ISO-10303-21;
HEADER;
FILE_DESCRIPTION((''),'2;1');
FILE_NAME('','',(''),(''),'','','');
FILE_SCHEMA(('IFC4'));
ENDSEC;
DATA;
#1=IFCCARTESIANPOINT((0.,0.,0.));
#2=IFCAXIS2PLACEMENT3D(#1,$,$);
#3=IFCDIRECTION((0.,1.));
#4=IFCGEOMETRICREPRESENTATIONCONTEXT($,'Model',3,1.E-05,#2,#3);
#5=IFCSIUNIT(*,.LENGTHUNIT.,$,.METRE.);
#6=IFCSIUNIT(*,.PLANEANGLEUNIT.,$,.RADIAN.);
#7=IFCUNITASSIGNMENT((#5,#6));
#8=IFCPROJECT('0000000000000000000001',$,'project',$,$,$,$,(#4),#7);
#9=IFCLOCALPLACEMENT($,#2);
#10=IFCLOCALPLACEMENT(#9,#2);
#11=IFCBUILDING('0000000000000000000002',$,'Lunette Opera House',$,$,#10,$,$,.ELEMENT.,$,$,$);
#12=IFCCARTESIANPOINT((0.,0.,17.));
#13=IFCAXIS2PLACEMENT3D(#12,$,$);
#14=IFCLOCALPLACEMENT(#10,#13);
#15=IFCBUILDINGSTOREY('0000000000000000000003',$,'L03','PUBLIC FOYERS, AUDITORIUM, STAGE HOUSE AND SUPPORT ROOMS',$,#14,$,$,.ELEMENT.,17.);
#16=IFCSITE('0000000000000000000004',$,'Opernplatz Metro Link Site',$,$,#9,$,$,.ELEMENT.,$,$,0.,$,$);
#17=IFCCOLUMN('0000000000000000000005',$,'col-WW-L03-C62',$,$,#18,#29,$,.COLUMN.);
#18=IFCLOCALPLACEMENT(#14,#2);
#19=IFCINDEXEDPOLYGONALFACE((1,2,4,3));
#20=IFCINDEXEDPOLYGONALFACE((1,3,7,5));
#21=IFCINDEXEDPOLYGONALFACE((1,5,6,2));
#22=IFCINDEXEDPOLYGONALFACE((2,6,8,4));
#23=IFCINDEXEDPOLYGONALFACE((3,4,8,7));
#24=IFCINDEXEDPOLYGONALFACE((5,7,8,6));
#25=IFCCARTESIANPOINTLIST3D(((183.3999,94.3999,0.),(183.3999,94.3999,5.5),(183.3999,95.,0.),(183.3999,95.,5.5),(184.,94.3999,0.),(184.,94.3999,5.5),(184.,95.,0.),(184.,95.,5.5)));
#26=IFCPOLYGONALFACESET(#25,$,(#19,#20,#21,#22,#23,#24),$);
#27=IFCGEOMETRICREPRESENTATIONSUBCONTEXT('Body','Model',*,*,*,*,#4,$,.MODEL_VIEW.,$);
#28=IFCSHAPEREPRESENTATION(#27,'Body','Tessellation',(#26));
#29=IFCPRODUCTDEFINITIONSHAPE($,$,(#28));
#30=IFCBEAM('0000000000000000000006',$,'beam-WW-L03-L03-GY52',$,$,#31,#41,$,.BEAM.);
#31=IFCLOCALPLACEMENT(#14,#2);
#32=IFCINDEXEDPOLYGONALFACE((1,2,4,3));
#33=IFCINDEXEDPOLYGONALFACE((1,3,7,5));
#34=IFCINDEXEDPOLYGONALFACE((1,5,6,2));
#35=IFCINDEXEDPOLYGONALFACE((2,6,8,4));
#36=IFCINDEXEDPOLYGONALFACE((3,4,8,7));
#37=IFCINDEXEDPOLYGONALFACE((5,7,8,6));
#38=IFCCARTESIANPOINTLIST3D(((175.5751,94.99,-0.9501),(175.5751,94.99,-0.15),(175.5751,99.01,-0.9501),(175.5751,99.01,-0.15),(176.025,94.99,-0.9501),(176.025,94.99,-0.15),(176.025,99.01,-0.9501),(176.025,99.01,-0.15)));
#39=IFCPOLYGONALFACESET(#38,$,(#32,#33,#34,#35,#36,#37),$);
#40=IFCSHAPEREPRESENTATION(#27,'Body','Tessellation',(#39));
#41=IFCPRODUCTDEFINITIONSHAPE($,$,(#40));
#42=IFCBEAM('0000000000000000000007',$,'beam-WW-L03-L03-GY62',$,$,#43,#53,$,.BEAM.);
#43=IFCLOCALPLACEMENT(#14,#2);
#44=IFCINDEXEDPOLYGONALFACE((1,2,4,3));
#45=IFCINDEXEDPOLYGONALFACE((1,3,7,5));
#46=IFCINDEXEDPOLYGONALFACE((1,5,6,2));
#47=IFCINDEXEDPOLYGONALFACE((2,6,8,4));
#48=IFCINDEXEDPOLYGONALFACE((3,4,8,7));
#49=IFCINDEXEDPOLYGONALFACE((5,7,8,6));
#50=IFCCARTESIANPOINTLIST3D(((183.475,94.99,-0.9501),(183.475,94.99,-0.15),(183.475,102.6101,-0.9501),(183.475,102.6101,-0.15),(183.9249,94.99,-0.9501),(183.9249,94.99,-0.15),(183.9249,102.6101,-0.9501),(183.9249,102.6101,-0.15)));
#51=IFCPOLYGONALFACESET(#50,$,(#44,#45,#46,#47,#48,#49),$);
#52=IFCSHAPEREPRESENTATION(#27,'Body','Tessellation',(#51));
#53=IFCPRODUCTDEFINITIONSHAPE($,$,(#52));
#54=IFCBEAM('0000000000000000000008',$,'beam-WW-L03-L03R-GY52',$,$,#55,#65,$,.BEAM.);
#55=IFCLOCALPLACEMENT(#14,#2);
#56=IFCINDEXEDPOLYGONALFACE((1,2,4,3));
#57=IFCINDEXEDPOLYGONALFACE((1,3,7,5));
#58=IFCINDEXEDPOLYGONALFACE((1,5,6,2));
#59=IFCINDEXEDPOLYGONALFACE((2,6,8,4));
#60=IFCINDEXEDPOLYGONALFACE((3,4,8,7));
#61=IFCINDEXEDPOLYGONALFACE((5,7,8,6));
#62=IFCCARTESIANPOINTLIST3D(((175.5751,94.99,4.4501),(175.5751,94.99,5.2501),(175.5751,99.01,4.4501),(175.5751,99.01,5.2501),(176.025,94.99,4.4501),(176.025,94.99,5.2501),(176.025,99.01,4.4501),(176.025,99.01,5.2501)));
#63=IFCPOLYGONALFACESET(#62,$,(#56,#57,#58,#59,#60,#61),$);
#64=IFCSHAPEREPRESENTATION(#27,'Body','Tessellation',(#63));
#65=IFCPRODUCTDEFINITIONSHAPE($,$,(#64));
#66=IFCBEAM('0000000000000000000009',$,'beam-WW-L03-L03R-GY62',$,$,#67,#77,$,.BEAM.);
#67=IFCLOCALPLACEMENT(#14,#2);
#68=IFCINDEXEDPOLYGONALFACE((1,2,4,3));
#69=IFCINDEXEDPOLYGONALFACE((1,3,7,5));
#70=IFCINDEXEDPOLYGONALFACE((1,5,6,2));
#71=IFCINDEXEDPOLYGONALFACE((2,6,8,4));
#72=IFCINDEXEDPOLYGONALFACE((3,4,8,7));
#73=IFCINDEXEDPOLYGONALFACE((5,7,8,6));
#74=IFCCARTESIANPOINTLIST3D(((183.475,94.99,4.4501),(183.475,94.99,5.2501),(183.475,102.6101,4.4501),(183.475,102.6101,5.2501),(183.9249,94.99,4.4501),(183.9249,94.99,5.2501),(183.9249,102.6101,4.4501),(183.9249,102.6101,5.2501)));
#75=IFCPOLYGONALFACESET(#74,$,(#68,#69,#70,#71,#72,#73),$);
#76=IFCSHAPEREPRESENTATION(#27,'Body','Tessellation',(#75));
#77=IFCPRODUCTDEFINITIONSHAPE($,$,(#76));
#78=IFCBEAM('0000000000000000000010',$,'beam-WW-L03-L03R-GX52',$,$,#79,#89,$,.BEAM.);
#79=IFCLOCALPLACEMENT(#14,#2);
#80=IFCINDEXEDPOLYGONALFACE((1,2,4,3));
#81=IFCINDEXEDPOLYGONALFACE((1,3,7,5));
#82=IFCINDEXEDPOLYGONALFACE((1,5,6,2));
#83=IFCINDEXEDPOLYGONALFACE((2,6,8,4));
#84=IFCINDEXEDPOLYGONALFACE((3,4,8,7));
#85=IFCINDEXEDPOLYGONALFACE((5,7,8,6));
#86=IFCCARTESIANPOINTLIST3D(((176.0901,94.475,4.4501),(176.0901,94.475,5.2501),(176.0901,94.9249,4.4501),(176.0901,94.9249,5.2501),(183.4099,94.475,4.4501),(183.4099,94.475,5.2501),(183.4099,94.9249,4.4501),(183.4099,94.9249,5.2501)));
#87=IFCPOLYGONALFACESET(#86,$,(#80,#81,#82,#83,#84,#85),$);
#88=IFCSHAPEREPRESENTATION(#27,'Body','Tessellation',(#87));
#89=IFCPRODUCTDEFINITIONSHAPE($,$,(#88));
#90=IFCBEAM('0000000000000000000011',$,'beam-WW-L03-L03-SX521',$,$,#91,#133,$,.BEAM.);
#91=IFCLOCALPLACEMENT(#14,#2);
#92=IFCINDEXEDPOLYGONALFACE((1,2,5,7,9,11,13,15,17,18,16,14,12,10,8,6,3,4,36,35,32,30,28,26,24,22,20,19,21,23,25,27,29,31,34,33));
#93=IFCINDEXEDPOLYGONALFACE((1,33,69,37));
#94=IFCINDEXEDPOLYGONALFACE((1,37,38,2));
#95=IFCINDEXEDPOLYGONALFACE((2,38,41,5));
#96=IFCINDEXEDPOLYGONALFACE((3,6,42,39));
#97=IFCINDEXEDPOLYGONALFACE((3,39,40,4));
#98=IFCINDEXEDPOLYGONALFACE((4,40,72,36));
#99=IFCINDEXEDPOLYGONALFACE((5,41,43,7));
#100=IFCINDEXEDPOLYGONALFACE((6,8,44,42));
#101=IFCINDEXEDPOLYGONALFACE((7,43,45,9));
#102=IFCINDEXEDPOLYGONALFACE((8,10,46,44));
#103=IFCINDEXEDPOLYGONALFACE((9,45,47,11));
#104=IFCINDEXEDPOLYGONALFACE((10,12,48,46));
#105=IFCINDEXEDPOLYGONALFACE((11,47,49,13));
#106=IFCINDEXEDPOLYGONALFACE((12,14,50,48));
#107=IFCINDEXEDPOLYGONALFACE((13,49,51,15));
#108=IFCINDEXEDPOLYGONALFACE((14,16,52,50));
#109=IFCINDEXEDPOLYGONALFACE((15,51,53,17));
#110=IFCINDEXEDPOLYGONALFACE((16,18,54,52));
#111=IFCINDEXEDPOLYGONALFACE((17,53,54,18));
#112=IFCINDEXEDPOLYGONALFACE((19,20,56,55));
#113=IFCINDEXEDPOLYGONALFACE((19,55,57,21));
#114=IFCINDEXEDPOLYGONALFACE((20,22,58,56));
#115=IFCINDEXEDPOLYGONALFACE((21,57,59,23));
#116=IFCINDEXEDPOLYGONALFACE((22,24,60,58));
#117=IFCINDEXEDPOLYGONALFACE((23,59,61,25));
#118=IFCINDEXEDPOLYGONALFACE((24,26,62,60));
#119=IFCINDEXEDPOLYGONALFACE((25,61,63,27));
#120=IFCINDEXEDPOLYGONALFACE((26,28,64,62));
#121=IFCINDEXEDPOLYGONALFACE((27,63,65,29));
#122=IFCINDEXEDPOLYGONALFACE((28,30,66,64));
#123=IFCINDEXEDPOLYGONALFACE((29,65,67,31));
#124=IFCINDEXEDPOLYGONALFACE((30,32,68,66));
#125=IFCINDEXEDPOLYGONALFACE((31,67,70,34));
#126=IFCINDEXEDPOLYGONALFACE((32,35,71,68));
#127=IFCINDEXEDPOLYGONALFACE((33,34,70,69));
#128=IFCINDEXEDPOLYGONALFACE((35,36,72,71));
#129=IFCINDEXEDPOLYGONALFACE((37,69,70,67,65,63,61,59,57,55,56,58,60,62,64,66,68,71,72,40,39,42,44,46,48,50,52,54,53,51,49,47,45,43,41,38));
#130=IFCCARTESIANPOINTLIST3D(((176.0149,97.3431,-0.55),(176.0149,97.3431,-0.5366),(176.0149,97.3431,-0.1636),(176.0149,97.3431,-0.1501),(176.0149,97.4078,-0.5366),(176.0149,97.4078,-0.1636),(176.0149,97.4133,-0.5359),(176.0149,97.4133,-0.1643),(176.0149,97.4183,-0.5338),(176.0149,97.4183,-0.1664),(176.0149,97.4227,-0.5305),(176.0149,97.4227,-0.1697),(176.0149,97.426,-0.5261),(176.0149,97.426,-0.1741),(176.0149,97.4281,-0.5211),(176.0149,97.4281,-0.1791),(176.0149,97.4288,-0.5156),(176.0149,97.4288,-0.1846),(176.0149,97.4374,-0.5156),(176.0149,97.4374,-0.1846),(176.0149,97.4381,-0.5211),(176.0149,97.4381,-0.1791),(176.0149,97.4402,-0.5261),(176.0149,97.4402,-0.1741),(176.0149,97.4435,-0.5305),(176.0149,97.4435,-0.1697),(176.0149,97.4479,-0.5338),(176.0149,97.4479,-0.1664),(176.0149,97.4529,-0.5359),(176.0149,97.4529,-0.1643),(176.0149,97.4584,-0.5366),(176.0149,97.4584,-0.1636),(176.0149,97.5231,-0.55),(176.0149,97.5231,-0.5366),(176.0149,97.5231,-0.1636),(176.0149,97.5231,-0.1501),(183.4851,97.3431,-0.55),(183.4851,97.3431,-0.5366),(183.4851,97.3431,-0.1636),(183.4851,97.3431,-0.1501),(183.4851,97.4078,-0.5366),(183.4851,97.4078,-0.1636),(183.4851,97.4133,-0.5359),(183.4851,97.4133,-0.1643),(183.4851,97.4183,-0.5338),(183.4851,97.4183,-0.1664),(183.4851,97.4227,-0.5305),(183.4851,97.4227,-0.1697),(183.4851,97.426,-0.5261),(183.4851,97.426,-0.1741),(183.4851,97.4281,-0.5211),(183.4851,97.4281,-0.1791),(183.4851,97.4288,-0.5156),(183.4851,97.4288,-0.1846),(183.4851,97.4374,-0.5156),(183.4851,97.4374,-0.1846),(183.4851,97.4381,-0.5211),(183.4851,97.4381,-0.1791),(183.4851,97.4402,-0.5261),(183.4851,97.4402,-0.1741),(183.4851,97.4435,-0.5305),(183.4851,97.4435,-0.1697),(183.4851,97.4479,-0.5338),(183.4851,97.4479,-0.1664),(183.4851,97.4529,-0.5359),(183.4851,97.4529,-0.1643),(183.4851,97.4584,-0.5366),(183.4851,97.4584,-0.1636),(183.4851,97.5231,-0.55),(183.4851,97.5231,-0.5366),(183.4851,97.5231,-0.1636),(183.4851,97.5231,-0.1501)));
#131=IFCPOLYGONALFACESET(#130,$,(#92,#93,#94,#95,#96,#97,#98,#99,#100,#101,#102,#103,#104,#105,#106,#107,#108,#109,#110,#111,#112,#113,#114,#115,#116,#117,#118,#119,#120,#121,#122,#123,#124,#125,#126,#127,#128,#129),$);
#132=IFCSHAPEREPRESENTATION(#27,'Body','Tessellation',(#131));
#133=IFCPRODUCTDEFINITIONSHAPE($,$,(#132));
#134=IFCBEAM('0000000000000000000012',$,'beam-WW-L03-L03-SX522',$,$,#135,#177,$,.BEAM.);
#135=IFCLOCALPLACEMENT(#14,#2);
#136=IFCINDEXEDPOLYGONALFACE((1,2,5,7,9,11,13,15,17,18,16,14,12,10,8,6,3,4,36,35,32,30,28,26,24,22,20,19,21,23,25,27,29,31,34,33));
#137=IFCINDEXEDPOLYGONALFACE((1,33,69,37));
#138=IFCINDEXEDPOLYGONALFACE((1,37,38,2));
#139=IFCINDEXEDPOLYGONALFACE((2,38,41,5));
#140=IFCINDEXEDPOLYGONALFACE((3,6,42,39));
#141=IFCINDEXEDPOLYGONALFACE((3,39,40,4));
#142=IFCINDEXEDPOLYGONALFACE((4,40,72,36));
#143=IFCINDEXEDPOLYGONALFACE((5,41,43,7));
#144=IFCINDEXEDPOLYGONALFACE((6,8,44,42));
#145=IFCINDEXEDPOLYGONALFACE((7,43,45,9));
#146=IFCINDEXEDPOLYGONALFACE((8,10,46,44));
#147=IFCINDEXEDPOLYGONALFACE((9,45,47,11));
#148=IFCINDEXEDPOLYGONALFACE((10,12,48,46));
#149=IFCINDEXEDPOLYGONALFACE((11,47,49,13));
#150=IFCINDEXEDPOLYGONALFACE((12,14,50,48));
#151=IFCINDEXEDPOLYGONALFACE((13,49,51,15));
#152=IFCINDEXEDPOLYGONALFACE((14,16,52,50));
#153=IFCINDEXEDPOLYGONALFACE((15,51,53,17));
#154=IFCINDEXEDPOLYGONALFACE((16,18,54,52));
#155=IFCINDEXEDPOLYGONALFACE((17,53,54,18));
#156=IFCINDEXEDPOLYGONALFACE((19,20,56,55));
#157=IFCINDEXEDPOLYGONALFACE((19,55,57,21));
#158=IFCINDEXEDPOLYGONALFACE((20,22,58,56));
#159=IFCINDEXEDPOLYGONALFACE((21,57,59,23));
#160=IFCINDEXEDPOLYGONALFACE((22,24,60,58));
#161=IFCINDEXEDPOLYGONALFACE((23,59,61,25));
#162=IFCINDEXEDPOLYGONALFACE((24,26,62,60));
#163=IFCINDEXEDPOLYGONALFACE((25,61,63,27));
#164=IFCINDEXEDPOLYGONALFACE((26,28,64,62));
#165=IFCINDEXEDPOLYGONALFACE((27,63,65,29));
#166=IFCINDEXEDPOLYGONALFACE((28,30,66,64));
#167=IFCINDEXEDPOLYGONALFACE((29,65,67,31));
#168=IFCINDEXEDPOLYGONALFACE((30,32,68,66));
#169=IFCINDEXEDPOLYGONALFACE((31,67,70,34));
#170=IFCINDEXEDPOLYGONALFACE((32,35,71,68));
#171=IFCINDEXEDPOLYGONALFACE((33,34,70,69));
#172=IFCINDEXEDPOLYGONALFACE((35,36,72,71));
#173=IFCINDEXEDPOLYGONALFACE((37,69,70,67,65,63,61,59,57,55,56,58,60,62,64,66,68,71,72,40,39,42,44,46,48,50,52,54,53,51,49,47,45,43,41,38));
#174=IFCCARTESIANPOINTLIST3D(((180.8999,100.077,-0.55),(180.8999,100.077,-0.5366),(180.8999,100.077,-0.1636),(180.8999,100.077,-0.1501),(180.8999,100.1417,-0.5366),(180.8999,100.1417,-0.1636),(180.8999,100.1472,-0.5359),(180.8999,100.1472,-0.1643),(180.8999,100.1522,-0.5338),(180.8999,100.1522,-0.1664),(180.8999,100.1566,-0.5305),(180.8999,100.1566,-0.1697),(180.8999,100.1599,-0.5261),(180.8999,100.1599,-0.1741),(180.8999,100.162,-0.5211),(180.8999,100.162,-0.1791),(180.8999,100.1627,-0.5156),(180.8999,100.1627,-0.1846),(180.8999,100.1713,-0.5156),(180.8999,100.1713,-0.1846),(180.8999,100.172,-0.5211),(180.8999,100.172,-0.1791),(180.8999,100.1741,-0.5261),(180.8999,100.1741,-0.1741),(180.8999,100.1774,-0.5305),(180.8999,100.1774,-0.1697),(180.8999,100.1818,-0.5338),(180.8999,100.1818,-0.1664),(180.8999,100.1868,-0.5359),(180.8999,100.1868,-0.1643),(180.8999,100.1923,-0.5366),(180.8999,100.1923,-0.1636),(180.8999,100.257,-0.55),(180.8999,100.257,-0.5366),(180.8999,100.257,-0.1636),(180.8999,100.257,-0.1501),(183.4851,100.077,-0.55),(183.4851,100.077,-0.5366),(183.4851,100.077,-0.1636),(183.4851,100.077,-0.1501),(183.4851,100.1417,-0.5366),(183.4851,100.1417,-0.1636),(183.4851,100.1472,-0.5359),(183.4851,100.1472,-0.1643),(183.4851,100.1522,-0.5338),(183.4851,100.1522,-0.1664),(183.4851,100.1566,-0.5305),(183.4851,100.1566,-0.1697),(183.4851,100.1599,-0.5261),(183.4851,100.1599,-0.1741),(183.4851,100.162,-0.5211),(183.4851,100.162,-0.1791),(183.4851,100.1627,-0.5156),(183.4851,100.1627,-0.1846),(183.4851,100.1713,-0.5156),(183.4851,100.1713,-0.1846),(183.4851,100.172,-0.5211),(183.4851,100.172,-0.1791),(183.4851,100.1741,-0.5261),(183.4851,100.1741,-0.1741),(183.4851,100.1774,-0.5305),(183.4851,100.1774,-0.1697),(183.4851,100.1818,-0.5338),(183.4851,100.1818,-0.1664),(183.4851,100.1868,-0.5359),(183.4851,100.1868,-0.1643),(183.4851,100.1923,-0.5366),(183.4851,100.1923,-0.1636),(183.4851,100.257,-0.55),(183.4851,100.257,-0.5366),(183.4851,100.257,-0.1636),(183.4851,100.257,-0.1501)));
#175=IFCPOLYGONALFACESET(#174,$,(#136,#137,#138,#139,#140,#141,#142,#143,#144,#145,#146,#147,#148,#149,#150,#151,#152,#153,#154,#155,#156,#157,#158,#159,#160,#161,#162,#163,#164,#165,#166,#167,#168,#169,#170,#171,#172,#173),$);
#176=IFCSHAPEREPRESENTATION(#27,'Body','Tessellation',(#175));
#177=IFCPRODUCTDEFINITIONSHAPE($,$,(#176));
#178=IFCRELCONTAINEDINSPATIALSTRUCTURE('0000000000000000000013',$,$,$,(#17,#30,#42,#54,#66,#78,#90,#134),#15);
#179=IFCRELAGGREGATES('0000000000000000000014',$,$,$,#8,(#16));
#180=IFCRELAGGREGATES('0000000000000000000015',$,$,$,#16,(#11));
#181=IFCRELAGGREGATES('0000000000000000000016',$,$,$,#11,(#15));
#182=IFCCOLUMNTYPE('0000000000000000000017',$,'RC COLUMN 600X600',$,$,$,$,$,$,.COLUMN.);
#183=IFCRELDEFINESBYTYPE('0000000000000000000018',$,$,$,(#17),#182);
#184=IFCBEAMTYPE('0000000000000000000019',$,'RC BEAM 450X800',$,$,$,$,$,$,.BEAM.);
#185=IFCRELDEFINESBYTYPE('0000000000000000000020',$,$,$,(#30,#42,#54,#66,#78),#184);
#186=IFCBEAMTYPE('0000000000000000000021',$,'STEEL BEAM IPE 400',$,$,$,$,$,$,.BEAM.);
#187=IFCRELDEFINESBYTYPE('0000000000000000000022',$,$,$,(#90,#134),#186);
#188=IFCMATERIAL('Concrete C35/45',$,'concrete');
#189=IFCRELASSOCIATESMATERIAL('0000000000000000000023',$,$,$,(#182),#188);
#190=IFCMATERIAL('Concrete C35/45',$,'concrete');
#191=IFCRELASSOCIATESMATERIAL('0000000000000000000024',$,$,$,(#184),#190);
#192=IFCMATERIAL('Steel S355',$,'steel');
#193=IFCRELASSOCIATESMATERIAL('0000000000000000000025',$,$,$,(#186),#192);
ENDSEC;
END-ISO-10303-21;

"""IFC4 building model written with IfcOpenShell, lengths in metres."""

from ifc_helpers import new_model, si_unit, direction, frame, origin, origin_2d, place, context, subcontext, project, spatial, rectangle, i_section, extrude, material, material_profile, profile_set, type_object, element, save


model = new_model("IFC4")

# Units and contexts
model_context = context("Model", 3, precision=1e-05, world=origin(), true_north=direction((0.0, 1.0)))
body_context = subcontext(model_context, "Body", "Model", "MODEL_VIEW")
ifc_project = project(units=[si_unit("LENGTHUNIT", "METRE"), si_unit("PLANEANGLEUNIT", "RADIAN")], contexts=[model_context])

# Site, building, storey
site_placement = place(None, origin())
site = spatial("IfcSite", under=ifc_project, at=site_placement, Name="Opernplatz Metro Link Site", CompositionType="ELEMENT", RefElevation=0.0)
building_placement = place(site_placement, origin())
building = spatial("IfcBuilding", under=site, at=building_placement, Name="Lunette Opera House", CompositionType="ELEMENT")
storey_placement = place(building_placement, frame((0.0, 0.0, 17.0)))
storey = spatial("IfcBuildingStorey", under=building, at=storey_placement, Name="L03", Description="PUBLIC FOYERS, AUDITORIUM, STAGE HOUSE AND SUPPORT ROOMS", CompositionType="ELEMENT", Elevation=17.0)

# Column
ifc_material_1 = material(Name="Concrete C35/45", Category="concrete")
ifc_material_profile_1 = material_profile(ifc_material_1, rectangle(XDim=0.6001, YDim=0.6001, at=origin_2d()), Name="RC COLUMN 600X600")
ifc_profile_set_1 = profile_set([ifc_material_profile_1], Name="Concrete C35/45")
column_type = type_object("IfcColumnType", Name="RC COLUMN 600X600", PredefinedType="COLUMN", material=ifc_profile_set_1)
column_placement = place(storey_placement, frame((183.7, 94.7, 0.0), z_axis=(0.0, 0.0, 1.0), x_axis=(1.0, 0.0, 0.0)))
element("IfcColumn", 1, at=column_placement, inside=storey, type_object=column_type, Name="col-WW-L03-C62", PredefinedType="COLUMN", context=body_context, shape_type="SweptSolid", body=[
    extrude(rectangle(XDim=0.6001, YDim=0.6001, at=origin_2d()), origin(), (0.0, 0.0, 1.0), 5.5),
])

# Beams
ifc_material_2 = material(Name="Concrete C35/45", Category="concrete")
ifc_material_profile_2 = material_profile(ifc_material_2, rectangle(XDim=0.45, YDim=0.8, at=origin_2d()), Name="RC BEAM 450X800")
ifc_profile_set_2 = profile_set([ifc_material_profile_2], Name="Concrete C35/45")
beam_type_1 = type_object("IfcBeamType", Name="RC BEAM 450X800", PredefinedType="BEAM", material=ifc_profile_set_2)
beam_1_placement = place(storey_placement, frame((175.8, 94.99, -0.55), z_axis=(0.0, 1.0, 0.0), x_axis=(-1.0, 0.0, 0.0)))
element("IfcBeam", 2, at=beam_1_placement, inside=storey, type_object=beam_type_1, Name="beam-WW-L03-L03-GY52", PredefinedType="BEAM", context=body_context, shape_type="SweptSolid", body=[
    extrude(rectangle(XDim=0.45, YDim=0.8, at=origin_2d()), origin(), (0.0, 0.0, 1.0), 4.02),
])
beam_2_placement = place(storey_placement, frame((183.7, 94.99, -0.55), z_axis=(0.0, 1.0, 0.0), x_axis=(-1.0, 0.0, 0.0)))
element("IfcBeam", 3, at=beam_2_placement, inside=storey, type_object=beam_type_1, Name="beam-WW-L03-L03-GY62", PredefinedType="BEAM", context=body_context, shape_type="SweptSolid", body=[
    extrude(rectangle(XDim=0.45, YDim=0.8, at=origin_2d()), origin(), (0.0, 0.0, 1.0), 7.6201),
])
beam_3_placement = place(storey_placement, frame((175.8, 94.99, 4.8501), z_axis=(0.0, 1.0, 0.0), x_axis=(-1.0, 0.0, 0.0)))
element("IfcBeam", 4, at=beam_3_placement, inside=storey, type_object=beam_type_1, Name="beam-WW-L03-L03R-GY52", PredefinedType="BEAM", context=body_context, shape_type="SweptSolid", body=[
    extrude(rectangle(XDim=0.45, YDim=0.8, at=origin_2d()), origin(), (0.0, 0.0, 1.0), 4.02),
])
beam_4_placement = place(storey_placement, frame((183.7, 94.99, 4.8501), z_axis=(0.0, 1.0, 0.0), x_axis=(-1.0, 0.0, 0.0)))
element("IfcBeam", 5, at=beam_4_placement, inside=storey, type_object=beam_type_1, Name="beam-WW-L03-L03R-GY62", PredefinedType="BEAM", context=body_context, shape_type="SweptSolid", body=[
    extrude(rectangle(XDim=0.45, YDim=0.8, at=origin_2d()), origin(), (0.0, 0.0, 1.0), 7.6201),
])
beam_5_placement = place(storey_placement, frame((176.0901, 94.7, 4.8501), z_axis=(1.0, 0.0, 0.0), x_axis=(0.0, 1.0, 0.0)))
element("IfcBeam", 6, at=beam_5_placement, inside=storey, type_object=beam_type_1, Name="beam-WW-L03-L03R-GX52", PredefinedType="BEAM", context=body_context, shape_type="SweptSolid", body=[
    extrude(rectangle(XDim=0.45, YDim=0.8, at=origin_2d()), origin(), (0.0, 0.0, 1.0), 7.3198),
])
ifc_material_3 = material(Name="Steel S355", Category="steel")
ifc_material_profile_3 = material_profile(ifc_material_3, i_section(OverallWidth=0.1799, OverallDepth=0.3999, WebThickness=0.0085, FlangeThickness=0.0134, FilletRadius=0.021, at=origin_2d()), Name="IPE 400")
ifc_profile_set_3 = profile_set([ifc_material_profile_3], Name="Steel S355")
beam_type_2 = type_object("IfcBeamType", Name="STEEL BEAM IPE 400", PredefinedType="BEAM", material=ifc_profile_set_3)
beam_6_placement = place(storey_placement, frame((176.0149, 97.4331, -0.3501), z_axis=(1.0, 0.0, 0.0), x_axis=(0.0, 1.0, 0.0)))
element("IfcBeam", 7, at=beam_6_placement, inside=storey, type_object=beam_type_2, Name="beam-WW-L03-L03-SX521", PredefinedType="BEAM", context=body_context, shape_type="SweptSolid", body=[
    extrude(i_section(OverallWidth=0.1799, OverallDepth=0.3999, WebThickness=0.0085, FlangeThickness=0.0134, FilletRadius=0.021, at=origin_2d()), origin(), (0.0, 0.0, 1.0), 7.4702),
])
beam_7_placement = place(storey_placement, frame((180.8999, 100.167, -0.3501), z_axis=(1.0, 0.0, 0.0), x_axis=(0.0, 1.0, 0.0)))
element("IfcBeam", 8, at=beam_7_placement, inside=storey, type_object=beam_type_2, Name="beam-WW-L03-L03-SX522", PredefinedType="BEAM", context=body_context, shape_type="SweptSolid", body=[
    extrude(i_section(OverallWidth=0.1799, OverallDepth=0.3999, WebThickness=0.0085, FlangeThickness=0.0134, FilletRadius=0.021, at=origin_2d()), origin(), (0.0, 0.0, 1.0), 2.5852),
])

save(model, "model.ifc")
